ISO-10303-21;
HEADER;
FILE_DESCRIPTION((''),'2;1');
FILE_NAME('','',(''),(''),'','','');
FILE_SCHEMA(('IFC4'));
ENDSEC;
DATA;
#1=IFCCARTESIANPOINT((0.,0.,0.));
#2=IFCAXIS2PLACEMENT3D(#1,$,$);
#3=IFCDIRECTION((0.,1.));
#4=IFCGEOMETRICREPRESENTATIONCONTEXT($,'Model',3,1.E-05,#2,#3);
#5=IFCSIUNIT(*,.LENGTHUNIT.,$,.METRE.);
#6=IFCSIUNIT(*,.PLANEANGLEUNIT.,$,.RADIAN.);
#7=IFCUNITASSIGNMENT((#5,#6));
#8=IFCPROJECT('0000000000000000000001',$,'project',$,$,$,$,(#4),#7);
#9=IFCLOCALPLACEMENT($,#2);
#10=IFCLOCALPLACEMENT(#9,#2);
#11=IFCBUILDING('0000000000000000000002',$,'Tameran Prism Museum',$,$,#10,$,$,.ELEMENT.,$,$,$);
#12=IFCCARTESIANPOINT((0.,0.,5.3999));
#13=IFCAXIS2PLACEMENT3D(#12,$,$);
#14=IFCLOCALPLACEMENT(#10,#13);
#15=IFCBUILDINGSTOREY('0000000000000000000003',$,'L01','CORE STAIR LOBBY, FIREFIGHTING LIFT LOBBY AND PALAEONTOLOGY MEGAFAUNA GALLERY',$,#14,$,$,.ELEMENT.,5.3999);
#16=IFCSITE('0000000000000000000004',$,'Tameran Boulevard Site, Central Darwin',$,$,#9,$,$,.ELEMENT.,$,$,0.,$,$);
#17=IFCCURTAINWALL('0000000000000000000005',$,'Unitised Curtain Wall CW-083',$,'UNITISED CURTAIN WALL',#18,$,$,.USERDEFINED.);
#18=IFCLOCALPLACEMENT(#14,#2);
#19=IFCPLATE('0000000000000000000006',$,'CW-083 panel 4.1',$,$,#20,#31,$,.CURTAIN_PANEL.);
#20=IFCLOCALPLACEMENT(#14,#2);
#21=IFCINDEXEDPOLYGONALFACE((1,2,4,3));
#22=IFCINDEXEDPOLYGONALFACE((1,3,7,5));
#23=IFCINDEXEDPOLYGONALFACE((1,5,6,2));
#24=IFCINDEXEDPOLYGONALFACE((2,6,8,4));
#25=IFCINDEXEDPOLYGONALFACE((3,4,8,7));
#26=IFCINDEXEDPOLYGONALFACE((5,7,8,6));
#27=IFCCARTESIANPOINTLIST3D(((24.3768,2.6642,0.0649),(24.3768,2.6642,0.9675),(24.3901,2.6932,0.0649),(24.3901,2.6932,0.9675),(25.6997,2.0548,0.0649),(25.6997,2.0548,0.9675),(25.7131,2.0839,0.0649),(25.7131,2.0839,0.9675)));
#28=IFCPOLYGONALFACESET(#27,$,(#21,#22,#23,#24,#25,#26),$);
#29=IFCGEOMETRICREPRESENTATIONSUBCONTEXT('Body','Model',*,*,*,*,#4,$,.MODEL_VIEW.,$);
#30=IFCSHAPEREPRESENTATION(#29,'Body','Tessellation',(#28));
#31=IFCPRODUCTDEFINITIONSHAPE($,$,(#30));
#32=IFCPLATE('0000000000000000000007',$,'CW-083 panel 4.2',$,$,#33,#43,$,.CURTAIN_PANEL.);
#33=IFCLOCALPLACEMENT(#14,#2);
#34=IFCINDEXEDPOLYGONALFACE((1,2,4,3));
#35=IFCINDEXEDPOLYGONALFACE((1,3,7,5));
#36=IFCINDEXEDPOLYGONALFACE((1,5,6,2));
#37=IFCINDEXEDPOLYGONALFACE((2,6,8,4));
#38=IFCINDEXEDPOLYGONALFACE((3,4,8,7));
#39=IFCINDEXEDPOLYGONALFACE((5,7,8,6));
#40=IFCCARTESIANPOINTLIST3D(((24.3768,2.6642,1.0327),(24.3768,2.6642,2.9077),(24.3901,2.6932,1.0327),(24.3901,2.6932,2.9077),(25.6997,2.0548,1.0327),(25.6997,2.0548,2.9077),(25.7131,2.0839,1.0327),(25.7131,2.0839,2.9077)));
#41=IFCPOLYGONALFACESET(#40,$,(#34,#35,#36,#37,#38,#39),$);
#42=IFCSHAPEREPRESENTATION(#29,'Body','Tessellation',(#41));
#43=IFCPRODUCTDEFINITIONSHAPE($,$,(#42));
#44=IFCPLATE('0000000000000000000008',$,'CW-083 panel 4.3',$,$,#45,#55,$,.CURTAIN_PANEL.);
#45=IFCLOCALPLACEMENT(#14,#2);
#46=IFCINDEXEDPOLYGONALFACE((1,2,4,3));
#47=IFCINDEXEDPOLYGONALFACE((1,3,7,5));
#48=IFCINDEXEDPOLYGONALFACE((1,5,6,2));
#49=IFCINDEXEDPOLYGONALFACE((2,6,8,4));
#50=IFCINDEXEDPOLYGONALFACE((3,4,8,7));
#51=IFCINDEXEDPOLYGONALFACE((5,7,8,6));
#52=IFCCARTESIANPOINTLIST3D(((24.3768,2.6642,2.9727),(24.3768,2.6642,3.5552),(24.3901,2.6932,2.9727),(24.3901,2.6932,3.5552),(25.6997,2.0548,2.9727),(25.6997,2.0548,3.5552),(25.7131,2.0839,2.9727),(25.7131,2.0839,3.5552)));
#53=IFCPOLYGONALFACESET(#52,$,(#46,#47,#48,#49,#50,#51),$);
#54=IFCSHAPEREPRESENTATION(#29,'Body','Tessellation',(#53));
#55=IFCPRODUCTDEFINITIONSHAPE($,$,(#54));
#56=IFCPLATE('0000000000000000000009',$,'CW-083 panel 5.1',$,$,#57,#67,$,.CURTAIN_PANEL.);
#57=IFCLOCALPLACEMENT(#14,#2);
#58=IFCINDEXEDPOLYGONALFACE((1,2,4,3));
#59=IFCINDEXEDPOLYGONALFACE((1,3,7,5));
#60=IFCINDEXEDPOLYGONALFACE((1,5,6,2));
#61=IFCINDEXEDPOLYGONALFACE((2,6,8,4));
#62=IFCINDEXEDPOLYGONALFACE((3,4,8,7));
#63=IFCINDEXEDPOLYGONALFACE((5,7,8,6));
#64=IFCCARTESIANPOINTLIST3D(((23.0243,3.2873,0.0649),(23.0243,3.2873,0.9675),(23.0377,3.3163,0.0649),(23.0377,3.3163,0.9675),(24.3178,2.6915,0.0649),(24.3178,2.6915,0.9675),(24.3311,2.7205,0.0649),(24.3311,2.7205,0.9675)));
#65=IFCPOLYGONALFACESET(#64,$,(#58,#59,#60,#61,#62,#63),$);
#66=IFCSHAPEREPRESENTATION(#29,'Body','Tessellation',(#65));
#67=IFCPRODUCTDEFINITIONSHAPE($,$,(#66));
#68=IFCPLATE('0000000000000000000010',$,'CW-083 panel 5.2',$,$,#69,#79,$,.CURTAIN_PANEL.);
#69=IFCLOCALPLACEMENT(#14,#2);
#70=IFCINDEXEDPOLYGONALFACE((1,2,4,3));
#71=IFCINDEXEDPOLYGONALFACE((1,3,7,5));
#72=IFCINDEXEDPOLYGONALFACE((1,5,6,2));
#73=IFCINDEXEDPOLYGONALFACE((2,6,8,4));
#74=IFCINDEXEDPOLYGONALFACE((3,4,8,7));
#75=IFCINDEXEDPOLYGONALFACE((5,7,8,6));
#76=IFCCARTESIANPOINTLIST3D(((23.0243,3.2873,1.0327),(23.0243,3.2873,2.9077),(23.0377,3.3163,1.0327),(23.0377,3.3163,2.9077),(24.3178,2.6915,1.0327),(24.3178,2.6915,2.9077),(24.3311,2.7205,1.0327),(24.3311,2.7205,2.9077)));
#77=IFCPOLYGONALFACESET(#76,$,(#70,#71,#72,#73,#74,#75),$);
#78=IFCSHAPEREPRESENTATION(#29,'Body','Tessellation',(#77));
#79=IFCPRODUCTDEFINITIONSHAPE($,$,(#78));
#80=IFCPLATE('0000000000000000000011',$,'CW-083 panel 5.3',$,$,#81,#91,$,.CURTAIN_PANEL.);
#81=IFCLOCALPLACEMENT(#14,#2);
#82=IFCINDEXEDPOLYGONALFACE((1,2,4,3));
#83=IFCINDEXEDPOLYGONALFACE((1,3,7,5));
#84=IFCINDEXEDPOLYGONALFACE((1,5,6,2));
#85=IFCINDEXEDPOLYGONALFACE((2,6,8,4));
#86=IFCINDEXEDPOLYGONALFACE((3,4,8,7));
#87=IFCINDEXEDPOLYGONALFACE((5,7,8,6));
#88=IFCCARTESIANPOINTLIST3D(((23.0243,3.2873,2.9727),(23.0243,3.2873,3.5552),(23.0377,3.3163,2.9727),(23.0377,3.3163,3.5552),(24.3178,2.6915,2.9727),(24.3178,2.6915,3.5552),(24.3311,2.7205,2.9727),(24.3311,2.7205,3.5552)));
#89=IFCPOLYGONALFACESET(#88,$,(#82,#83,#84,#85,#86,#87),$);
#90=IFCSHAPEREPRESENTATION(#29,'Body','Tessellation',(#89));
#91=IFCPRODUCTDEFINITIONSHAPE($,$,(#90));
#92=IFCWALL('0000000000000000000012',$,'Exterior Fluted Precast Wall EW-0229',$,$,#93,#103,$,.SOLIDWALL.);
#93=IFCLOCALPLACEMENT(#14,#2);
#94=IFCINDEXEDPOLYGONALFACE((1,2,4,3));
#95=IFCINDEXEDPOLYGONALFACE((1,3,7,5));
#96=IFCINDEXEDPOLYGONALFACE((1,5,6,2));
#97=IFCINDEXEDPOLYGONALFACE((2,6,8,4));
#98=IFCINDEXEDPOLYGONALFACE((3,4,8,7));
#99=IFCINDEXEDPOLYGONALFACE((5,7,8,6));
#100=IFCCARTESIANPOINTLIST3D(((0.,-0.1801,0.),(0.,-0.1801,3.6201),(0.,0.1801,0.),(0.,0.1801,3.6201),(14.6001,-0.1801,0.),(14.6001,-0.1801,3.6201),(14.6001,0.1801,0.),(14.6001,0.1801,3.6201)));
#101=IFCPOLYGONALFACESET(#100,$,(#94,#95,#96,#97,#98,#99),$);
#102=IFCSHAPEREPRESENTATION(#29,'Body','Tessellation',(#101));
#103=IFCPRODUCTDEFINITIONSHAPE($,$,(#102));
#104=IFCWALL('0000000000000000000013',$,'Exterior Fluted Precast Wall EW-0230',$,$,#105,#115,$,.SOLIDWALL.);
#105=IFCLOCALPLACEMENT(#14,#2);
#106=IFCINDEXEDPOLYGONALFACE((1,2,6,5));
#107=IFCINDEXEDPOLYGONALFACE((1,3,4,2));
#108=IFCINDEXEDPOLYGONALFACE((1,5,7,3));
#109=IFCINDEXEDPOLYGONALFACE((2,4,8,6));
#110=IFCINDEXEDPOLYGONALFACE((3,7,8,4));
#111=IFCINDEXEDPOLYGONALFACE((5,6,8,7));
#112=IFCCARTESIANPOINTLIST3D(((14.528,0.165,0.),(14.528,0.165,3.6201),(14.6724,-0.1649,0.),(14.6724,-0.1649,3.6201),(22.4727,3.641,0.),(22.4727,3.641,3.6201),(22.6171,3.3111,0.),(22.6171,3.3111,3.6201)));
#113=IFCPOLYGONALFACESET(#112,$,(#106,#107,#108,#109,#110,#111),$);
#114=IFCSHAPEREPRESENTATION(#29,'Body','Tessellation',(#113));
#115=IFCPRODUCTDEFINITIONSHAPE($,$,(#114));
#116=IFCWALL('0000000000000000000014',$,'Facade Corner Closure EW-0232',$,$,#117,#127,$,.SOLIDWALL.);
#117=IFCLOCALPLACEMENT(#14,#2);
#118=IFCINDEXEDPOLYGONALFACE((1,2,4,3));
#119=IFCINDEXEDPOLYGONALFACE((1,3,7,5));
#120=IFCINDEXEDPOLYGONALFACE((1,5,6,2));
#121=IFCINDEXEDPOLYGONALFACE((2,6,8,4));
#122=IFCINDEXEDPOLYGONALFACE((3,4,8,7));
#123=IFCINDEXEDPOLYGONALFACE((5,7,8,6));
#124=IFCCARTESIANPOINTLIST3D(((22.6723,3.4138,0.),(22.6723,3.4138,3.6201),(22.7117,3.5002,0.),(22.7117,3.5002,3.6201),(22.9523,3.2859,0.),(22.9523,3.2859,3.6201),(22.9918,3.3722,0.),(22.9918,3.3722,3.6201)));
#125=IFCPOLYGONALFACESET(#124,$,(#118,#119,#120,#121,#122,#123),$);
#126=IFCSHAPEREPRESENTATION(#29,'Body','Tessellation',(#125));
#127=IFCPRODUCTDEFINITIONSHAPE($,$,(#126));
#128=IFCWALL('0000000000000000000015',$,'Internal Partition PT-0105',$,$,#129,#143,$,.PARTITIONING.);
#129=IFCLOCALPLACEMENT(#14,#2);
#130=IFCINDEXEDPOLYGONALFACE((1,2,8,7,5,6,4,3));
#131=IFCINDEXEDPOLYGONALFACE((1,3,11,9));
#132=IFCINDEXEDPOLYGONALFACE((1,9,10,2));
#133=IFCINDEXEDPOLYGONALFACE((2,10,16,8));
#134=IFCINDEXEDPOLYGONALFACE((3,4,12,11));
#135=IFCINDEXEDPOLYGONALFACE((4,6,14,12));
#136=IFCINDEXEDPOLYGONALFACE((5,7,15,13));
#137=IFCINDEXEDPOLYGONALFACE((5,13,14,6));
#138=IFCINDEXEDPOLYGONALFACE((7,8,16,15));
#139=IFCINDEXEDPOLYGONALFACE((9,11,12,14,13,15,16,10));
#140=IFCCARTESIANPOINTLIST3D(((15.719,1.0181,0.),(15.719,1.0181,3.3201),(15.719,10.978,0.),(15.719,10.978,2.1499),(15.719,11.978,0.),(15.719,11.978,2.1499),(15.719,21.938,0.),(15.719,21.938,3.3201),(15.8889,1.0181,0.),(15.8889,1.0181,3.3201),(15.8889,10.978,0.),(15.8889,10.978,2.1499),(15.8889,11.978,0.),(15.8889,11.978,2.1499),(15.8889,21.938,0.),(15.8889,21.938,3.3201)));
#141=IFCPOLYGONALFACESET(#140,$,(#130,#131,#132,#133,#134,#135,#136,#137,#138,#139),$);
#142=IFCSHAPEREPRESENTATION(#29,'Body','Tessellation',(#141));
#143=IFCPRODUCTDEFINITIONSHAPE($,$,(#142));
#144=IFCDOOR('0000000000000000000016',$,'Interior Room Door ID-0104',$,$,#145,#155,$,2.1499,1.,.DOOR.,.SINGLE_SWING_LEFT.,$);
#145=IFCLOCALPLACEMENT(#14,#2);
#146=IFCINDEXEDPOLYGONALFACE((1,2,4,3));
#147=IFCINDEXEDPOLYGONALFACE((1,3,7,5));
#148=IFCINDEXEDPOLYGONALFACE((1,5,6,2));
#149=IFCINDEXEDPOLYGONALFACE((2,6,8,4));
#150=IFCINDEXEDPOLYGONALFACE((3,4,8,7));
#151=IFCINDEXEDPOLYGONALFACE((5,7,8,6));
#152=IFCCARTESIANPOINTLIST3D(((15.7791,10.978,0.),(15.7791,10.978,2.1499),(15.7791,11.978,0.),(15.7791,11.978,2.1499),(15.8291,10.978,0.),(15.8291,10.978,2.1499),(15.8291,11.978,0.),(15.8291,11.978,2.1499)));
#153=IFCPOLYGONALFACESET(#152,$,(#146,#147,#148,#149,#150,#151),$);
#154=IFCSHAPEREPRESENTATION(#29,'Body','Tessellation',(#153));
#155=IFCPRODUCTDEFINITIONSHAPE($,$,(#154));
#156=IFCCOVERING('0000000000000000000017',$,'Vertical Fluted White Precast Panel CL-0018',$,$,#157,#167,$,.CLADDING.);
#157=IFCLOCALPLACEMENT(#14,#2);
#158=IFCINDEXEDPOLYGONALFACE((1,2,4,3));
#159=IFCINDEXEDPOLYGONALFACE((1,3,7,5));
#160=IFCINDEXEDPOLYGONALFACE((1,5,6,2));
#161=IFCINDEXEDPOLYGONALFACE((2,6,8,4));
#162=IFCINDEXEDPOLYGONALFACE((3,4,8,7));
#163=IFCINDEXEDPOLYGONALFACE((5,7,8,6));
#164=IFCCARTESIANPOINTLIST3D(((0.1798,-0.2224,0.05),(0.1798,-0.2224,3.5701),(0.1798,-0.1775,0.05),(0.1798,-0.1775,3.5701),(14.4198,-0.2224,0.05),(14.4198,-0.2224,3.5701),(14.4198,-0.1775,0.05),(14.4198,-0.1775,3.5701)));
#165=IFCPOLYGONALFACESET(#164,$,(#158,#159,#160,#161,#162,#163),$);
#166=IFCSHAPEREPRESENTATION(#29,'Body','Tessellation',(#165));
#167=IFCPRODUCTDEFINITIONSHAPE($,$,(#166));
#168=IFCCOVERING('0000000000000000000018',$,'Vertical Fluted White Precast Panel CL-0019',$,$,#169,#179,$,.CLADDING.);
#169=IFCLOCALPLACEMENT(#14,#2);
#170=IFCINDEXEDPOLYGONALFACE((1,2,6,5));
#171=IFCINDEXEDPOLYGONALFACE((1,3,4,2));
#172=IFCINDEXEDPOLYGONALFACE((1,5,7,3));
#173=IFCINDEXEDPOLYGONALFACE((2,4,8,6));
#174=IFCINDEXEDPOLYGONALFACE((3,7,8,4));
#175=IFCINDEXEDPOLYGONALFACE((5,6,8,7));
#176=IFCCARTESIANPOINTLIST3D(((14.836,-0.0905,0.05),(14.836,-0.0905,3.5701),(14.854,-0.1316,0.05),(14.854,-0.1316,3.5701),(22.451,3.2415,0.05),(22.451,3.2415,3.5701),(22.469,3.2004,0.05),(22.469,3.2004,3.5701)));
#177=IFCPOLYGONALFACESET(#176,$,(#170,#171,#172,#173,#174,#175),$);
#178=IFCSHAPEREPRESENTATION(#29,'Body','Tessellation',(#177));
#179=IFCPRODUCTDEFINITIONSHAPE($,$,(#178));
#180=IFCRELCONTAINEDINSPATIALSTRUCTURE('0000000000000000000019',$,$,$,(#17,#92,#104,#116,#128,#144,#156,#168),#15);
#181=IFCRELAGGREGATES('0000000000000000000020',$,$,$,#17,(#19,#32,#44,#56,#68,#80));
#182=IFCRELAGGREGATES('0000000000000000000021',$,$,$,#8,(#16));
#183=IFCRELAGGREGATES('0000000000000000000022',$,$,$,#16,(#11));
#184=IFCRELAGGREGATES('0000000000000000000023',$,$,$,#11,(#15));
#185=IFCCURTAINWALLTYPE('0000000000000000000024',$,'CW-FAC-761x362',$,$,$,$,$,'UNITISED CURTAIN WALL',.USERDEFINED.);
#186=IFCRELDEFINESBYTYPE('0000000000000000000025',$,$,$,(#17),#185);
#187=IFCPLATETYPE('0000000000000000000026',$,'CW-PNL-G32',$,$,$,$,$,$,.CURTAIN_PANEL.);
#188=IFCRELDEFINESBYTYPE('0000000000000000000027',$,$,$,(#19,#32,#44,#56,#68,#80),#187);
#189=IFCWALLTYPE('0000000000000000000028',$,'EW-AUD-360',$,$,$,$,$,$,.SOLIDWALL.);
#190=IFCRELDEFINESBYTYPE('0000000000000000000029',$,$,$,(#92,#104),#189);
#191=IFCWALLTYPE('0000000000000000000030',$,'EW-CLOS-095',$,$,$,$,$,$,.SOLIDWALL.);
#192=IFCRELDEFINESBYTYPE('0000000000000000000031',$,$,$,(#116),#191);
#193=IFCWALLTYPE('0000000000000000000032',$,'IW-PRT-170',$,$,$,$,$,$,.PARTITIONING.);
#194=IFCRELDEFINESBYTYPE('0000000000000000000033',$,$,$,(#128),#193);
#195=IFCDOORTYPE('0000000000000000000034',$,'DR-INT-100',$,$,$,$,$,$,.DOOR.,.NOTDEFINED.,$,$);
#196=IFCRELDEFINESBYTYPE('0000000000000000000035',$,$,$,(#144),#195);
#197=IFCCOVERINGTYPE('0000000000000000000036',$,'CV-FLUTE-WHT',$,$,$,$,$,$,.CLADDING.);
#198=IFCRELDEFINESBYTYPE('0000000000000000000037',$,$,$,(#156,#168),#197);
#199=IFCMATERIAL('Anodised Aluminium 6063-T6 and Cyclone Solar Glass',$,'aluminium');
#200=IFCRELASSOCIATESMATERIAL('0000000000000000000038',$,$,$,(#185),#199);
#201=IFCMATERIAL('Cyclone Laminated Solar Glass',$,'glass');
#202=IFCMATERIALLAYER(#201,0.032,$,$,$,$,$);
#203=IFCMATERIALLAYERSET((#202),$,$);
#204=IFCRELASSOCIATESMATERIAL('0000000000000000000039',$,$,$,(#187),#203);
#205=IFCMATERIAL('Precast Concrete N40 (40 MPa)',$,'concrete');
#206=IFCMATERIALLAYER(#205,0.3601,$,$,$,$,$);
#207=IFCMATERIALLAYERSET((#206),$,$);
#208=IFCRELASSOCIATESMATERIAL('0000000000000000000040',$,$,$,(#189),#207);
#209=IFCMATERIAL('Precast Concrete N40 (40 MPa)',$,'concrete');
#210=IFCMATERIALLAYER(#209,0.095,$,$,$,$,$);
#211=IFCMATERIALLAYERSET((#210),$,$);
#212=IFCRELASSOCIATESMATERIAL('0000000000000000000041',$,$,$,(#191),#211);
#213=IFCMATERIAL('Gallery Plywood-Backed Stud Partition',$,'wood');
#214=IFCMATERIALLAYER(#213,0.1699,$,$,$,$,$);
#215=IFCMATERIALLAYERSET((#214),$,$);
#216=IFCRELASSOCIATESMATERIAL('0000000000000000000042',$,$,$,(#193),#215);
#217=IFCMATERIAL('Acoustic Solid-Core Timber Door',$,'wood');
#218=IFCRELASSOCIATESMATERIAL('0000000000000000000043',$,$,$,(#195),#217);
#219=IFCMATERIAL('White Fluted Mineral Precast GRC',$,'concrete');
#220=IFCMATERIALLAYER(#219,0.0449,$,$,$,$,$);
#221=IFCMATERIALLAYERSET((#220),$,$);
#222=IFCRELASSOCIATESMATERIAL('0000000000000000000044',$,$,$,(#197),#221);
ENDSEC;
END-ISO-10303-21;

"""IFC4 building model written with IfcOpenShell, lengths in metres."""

from ifc_helpers import new_model, si_unit, direction, frame, frame_2d, origin, origin_2d, place, context, subcontext, project, spatial, rectangle, extrude, material, layer, layer_set, type_object, element, fill, aggregate, save


model = new_model("IFC4")

# Units and contexts
model_context = context("Model", 3, precision=1e-05, world=origin(), true_north=direction((0.0, 1.0)))
body_context = subcontext(model_context, "Body", "Model", "MODEL_VIEW")
ifc_project = project(units=[si_unit("LENGTHUNIT", "METRE"), si_unit("PLANEANGLEUNIT", "RADIAN")], contexts=[model_context])

# Site, building, storey
site_placement = place(None, origin())
site = spatial("IfcSite", under=ifc_project, at=site_placement, Name="Tameran Boulevard Site, Central Darwin", CompositionType="ELEMENT", RefElevation=0.0)
building_placement = place(site_placement, origin())
building = spatial("IfcBuilding", under=site, at=building_placement, Name="Tameran Prism Museum", CompositionType="ELEMENT")
storey_placement = place(building_placement, frame((0.0, 0.0, 5.3999)))
storey = spatial("IfcBuildingStorey", under=building, at=storey_placement, Name="L01", Description="CORE STAIR LOBBY, FIREFIGHTING LIFT LOBBY AND PALAEONTOLOGY MEGAFAUNA GALLERY", CompositionType="ELEMENT", Elevation=5.3999)

# Curtain wall
ifc_material_1 = material(Name="Anodised Aluminium 6063-T6 and Cyclone Solar Glass", Category="aluminium")
curtain_wall_type = type_object("IfcCurtainWallType", Name="CW-FAC-761x362", ElementType="UNITISED CURTAIN WALL", PredefinedType="USERDEFINED", material=ifc_material_1)
curtain_wall_placement = place(storey_placement, origin())
curtain_wall = element("IfcCurtainWall", 1, at=curtain_wall_placement, inside=storey, type_object=curtain_wall_type, Name="Unitised Curtain Wall CW-083", ObjectType="UNITISED CURTAIN WALL", PredefinedType="USERDEFINED")

# Plates
ifc_material_2 = material(Name="Cyclone Laminated Solar Glass", Category="glass")
ifc_layer_1 = layer(ifc_material_2, 0.032)
ifc_layer_set_1 = layer_set([ifc_layer_1])
plate_type = type_object("IfcPlateType", Name="CW-PNL-G32", PredefinedType="CURTAIN_PANEL", material=ifc_layer_set_1)
plate_1_placement = place(storey_placement, frame((25.0449, 2.374, 0.0649), z_axis=(0.0, 0.0, 1.0), x_axis=(-0.908271, 0.418383, 0.0)))
plate_1 = element("IfcPlate", 2, at=plate_1_placement, type_object=plate_type, Name="CW-083 panel 4.1", PredefinedType="CURTAIN_PANEL", context=body_context, shape_type="SweptSolid", body=[
    extrude(rectangle(XDim=1.4565, YDim=0.032, at=origin_2d()), origin(), (0.0, 0.0, 1.0), 0.9026),
])
plate_2_placement = place(storey_placement, frame((25.0449, 2.374, 1.0327), z_axis=(0.0, 0.0, 1.0), x_axis=(-0.908271, 0.418383, 0.0)))
plate_2 = element("IfcPlate", 3, at=plate_2_placement, type_object=plate_type, Name="CW-083 panel 4.2", PredefinedType="CURTAIN_PANEL", context=body_context, shape_type="SweptSolid", body=[
    extrude(rectangle(XDim=1.4565, YDim=0.032, at=origin_2d()), origin(), (0.0, 0.0, 1.0), 1.875),
])
plate_3_placement = place(storey_placement, frame((25.0449, 2.374, 2.9727), z_axis=(0.0, 0.0, 1.0), x_axis=(-0.908271, 0.418383, 0.0)))
plate_3 = element("IfcPlate", 4, at=plate_3_placement, type_object=plate_type, Name="CW-083 panel 4.3", PredefinedType="CURTAIN_PANEL", context=body_context, shape_type="SweptSolid", body=[
    extrude(rectangle(XDim=1.4565, YDim=0.032, at=origin_2d()), origin(), (0.0, 0.0, 1.0), 0.5825),
])
plate_4_placement = place(storey_placement, frame((23.6777, 3.0039, 0.0649), z_axis=(0.0, 0.0, 1.0), x_axis=(-0.908271, 0.418383, 0.0)))
plate_4 = element("IfcPlate", 5, at=plate_4_placement, type_object=plate_type, Name="CW-083 panel 5.1", PredefinedType="CURTAIN_PANEL", context=body_context, shape_type="SweptSolid", body=[
    extrude(rectangle(XDim=1.4241, YDim=0.032, at=origin_2d()), origin(), (0.0, 0.0, 1.0), 0.9026),
])
plate_5_placement = place(storey_placement, frame((23.6777, 3.0039, 1.0327), z_axis=(0.0, 0.0, 1.0), x_axis=(-0.908271, 0.418383, 0.0)))
plate_5 = element("IfcPlate", 6, at=plate_5_placement, type_object=plate_type, Name="CW-083 panel 5.2", PredefinedType="CURTAIN_PANEL", context=body_context, shape_type="SweptSolid", body=[
    extrude(rectangle(XDim=1.4241, YDim=0.032, at=origin_2d()), origin(), (0.0, 0.0, 1.0), 1.875),
])
plate_6_placement = place(storey_placement, frame((23.6777, 3.0039, 2.9727), z_axis=(0.0, 0.0, 1.0), x_axis=(-0.908271, 0.418383, 0.0)))
plate_6 = element("IfcPlate", 7, at=plate_6_placement, type_object=plate_type, Name="CW-083 panel 5.3", PredefinedType="CURTAIN_PANEL", context=body_context, shape_type="SweptSolid", body=[
    extrude(rectangle(XDim=1.4241, YDim=0.032, at=origin_2d()), origin(), (0.0, 0.0, 1.0), 0.5825),
])
aggregate(curtain_wall, [plate_1, plate_2, plate_3, plate_4, plate_5, plate_6])

# Walls
ifc_material_3 = material(Name="Precast Concrete N40 (40 MPa)", Category="concrete")
ifc_layer_2 = layer(ifc_material_3, 0.3601)
ifc_layer_set_2 = layer_set([ifc_layer_2])
wall_type_1 = type_object("IfcWallType", Name="EW-AUD-360", PredefinedType="SOLIDWALL", material=ifc_layer_set_2)
wall_1_placement = place(storey_placement, frame((14.6001, 0.0, 0.0), z_axis=(0.0, 0.0, 1.0), x_axis=(-1.0, 0.0, 0.0)))
element("IfcWall", 8, at=wall_1_placement, inside=storey, type_object=wall_type_1, Name="Exterior Fluted Precast Wall EW-0229", PredefinedType="SOLIDWALL", context=body_context, shape_type="SweptSolid", body=[
    extrude(rectangle(XDim=14.6001, YDim=0.3601, at=frame_2d((7.3, 0.0))), origin(), (0.0, 0.0, 1.0), 3.6201),
])
wall_2_placement = place(storey_placement, frame((22.5449, 3.4761, 0.0), z_axis=(0.0, 0.0, 1.0), x_axis=(-0.916148, -0.40084, 0.0)))
element("IfcWall", 9, at=wall_2_placement, inside=storey, type_object=wall_type_1, Name="Exterior Fluted Precast Wall EW-0230", PredefinedType="SOLIDWALL", context=body_context, shape_type="SweptSolid", body=[
    extrude(rectangle(XDim=8.6719, YDim=0.3601, at=frame_2d((4.3359, 0.0))), origin(), (0.0, 0.0, 1.0), 3.6201),
])
ifc_material_4 = material(Name="Precast Concrete N40 (40 MPa)", Category="concrete")
ifc_layer_3 = layer(ifc_material_4, 0.095)
ifc_layer_set_3 = layer_set([ifc_layer_3])
wall_type_2 = type_object("IfcWallType", Name="EW-CLOS-095", PredefinedType="SOLIDWALL", material=ifc_layer_set_3)
wall_3_placement = place(storey_placement, frame((22.9719, 3.3291, 0.0), z_axis=(0.0, 0.0, 1.0), x_axis=(-0.909577, 0.415535, 0.0)))
element("IfcWall", 10, at=wall_3_placement, inside=storey, type_object=wall_type_2, Name="Facade Corner Closure EW-0232", PredefinedType="SOLIDWALL", context=body_context, shape_type="SweptSolid", body=[
    extrude(rectangle(XDim=0.3079, YDim=0.095, at=frame_2d((0.1538, 0.0))), origin(), (0.0, 0.0, 1.0), 3.6201),
])

# Wall, opening, door
ifc_material_5 = material(Name="Gallery Plywood-Backed Stud Partition", Category="wood")
ifc_layer_4 = layer(ifc_material_5, 0.1699)
ifc_layer_set_4 = layer_set([ifc_layer_4])
wall_type_3 = type_object("IfcWallType", Name="IW-PRT-170", PredefinedType="PARTITIONING", material=ifc_layer_set_4)
wall_4_placement = place(storey_placement, frame((15.804, 1.0181, 0.0), z_axis=(0.0, 0.0, 1.0), x_axis=(0.0, 1.0, 0.0)))
wall_4 = element("IfcWall", 11, at=wall_4_placement, inside=storey, type_object=wall_type_3, Name="Internal Partition PT-0105", PredefinedType="PARTITIONING", context=body_context, shape_type="SweptSolid", body=[
    extrude(rectangle(XDim=20.9199, YDim=0.1699, at=frame_2d((10.46, 0.0))), origin(), (0.0, 0.0, 1.0), 3.3201),
])
opening_placement = place(wall_4_placement, frame((9.96, 0.0, 0.0)))
opening = element("IfcOpeningElement", 12, at=opening_placement, cuts=wall_4, PredefinedType="OPENING", context=body_context, shape_type="SweptSolid", body=[
    extrude(rectangle(XDim=1.0, YDim=2.1499, at=frame_2d((0.5, 1.075))), frame((0.0, 0.095, 0.0), z_axis=(0.0, -1.0, 0.0), x_axis=(1.0, 0.0, 0.0)), (0.0, 0.0, 1.0), 0.1899),
])
ifc_material_6 = material(Name="Acoustic Solid-Core Timber Door", Category="wood")
door_type = type_object("IfcDoorType", Name="DR-INT-100", OperationType="NOTDEFINED", PredefinedType="DOOR", material=ifc_material_6)
door_placement = place(opening_placement, origin())
door = element("IfcDoor", 13, at=door_placement, inside=storey, type_object=door_type, Name="Interior Room Door ID-0104", OperationType="SINGLE_SWING_LEFT", OverallHeight=2.1499, OverallWidth=1.0, PredefinedType="DOOR", context=body_context, shape_type="SweptSolid", body=[
    extrude(rectangle(XDim=1.0, YDim=2.1499, at=frame_2d((0.5, 1.075))), frame((0.0, 0.0249, 0.0), z_axis=(0.0, -1.0, 0.0), x_axis=(1.0, 0.0, 0.0)), (0.0, 0.0, 1.0), 0.05),
])
fill(opening, door)

# Coverings
ifc_material_7 = material(Name="White Fluted Mineral Precast GRC", Category="concrete")
ifc_layer_5 = layer(ifc_material_7, 0.0449)
ifc_layer_set_5 = layer_set([ifc_layer_5])
covering_type = type_object("IfcCoveringType", Name="CV-FLUTE-WHT", PredefinedType="CLADDING", material=ifc_layer_set_5)
covering_1_placement = place(storey_placement, frame((14.4199, -0.2, 0.05), z_axis=(0.0, 0.0, 1.0), x_axis=(-1.0, 0.0, 0.0)))
element("IfcCovering", 14, at=covering_1_placement, inside=storey, type_object=covering_type, Name="Vertical Fluted White Precast Panel CL-0018", PredefinedType="CLADDING", context=body_context, shape_type="SweptSolid", body=[
    extrude(rectangle(XDim=14.24, YDim=0.0449, at=frame_2d((7.1201, 0.0))), origin(), (0.0, 0.0, 1.0), 3.52),
])
covering_2_placement = place(storey_placement, frame((22.46, 3.2209, 0.05), z_axis=(0.0, 0.0, 1.0), x_axis=(-0.916136, -0.400867, 0.0)))
element("IfcCovering", 15, at=covering_2_placement, inside=storey, type_object=covering_type, Name="Vertical Fluted White Precast Panel CL-0019", PredefinedType="CLADDING", context=body_context, shape_type="SweptSolid", body=[
    extrude(rectangle(XDim=8.312, YDim=0.0449, at=frame_2d((4.156, 0.0))), origin(), (0.0, 0.0, 1.0), 3.52),
])

save(model, "model.ifc")
